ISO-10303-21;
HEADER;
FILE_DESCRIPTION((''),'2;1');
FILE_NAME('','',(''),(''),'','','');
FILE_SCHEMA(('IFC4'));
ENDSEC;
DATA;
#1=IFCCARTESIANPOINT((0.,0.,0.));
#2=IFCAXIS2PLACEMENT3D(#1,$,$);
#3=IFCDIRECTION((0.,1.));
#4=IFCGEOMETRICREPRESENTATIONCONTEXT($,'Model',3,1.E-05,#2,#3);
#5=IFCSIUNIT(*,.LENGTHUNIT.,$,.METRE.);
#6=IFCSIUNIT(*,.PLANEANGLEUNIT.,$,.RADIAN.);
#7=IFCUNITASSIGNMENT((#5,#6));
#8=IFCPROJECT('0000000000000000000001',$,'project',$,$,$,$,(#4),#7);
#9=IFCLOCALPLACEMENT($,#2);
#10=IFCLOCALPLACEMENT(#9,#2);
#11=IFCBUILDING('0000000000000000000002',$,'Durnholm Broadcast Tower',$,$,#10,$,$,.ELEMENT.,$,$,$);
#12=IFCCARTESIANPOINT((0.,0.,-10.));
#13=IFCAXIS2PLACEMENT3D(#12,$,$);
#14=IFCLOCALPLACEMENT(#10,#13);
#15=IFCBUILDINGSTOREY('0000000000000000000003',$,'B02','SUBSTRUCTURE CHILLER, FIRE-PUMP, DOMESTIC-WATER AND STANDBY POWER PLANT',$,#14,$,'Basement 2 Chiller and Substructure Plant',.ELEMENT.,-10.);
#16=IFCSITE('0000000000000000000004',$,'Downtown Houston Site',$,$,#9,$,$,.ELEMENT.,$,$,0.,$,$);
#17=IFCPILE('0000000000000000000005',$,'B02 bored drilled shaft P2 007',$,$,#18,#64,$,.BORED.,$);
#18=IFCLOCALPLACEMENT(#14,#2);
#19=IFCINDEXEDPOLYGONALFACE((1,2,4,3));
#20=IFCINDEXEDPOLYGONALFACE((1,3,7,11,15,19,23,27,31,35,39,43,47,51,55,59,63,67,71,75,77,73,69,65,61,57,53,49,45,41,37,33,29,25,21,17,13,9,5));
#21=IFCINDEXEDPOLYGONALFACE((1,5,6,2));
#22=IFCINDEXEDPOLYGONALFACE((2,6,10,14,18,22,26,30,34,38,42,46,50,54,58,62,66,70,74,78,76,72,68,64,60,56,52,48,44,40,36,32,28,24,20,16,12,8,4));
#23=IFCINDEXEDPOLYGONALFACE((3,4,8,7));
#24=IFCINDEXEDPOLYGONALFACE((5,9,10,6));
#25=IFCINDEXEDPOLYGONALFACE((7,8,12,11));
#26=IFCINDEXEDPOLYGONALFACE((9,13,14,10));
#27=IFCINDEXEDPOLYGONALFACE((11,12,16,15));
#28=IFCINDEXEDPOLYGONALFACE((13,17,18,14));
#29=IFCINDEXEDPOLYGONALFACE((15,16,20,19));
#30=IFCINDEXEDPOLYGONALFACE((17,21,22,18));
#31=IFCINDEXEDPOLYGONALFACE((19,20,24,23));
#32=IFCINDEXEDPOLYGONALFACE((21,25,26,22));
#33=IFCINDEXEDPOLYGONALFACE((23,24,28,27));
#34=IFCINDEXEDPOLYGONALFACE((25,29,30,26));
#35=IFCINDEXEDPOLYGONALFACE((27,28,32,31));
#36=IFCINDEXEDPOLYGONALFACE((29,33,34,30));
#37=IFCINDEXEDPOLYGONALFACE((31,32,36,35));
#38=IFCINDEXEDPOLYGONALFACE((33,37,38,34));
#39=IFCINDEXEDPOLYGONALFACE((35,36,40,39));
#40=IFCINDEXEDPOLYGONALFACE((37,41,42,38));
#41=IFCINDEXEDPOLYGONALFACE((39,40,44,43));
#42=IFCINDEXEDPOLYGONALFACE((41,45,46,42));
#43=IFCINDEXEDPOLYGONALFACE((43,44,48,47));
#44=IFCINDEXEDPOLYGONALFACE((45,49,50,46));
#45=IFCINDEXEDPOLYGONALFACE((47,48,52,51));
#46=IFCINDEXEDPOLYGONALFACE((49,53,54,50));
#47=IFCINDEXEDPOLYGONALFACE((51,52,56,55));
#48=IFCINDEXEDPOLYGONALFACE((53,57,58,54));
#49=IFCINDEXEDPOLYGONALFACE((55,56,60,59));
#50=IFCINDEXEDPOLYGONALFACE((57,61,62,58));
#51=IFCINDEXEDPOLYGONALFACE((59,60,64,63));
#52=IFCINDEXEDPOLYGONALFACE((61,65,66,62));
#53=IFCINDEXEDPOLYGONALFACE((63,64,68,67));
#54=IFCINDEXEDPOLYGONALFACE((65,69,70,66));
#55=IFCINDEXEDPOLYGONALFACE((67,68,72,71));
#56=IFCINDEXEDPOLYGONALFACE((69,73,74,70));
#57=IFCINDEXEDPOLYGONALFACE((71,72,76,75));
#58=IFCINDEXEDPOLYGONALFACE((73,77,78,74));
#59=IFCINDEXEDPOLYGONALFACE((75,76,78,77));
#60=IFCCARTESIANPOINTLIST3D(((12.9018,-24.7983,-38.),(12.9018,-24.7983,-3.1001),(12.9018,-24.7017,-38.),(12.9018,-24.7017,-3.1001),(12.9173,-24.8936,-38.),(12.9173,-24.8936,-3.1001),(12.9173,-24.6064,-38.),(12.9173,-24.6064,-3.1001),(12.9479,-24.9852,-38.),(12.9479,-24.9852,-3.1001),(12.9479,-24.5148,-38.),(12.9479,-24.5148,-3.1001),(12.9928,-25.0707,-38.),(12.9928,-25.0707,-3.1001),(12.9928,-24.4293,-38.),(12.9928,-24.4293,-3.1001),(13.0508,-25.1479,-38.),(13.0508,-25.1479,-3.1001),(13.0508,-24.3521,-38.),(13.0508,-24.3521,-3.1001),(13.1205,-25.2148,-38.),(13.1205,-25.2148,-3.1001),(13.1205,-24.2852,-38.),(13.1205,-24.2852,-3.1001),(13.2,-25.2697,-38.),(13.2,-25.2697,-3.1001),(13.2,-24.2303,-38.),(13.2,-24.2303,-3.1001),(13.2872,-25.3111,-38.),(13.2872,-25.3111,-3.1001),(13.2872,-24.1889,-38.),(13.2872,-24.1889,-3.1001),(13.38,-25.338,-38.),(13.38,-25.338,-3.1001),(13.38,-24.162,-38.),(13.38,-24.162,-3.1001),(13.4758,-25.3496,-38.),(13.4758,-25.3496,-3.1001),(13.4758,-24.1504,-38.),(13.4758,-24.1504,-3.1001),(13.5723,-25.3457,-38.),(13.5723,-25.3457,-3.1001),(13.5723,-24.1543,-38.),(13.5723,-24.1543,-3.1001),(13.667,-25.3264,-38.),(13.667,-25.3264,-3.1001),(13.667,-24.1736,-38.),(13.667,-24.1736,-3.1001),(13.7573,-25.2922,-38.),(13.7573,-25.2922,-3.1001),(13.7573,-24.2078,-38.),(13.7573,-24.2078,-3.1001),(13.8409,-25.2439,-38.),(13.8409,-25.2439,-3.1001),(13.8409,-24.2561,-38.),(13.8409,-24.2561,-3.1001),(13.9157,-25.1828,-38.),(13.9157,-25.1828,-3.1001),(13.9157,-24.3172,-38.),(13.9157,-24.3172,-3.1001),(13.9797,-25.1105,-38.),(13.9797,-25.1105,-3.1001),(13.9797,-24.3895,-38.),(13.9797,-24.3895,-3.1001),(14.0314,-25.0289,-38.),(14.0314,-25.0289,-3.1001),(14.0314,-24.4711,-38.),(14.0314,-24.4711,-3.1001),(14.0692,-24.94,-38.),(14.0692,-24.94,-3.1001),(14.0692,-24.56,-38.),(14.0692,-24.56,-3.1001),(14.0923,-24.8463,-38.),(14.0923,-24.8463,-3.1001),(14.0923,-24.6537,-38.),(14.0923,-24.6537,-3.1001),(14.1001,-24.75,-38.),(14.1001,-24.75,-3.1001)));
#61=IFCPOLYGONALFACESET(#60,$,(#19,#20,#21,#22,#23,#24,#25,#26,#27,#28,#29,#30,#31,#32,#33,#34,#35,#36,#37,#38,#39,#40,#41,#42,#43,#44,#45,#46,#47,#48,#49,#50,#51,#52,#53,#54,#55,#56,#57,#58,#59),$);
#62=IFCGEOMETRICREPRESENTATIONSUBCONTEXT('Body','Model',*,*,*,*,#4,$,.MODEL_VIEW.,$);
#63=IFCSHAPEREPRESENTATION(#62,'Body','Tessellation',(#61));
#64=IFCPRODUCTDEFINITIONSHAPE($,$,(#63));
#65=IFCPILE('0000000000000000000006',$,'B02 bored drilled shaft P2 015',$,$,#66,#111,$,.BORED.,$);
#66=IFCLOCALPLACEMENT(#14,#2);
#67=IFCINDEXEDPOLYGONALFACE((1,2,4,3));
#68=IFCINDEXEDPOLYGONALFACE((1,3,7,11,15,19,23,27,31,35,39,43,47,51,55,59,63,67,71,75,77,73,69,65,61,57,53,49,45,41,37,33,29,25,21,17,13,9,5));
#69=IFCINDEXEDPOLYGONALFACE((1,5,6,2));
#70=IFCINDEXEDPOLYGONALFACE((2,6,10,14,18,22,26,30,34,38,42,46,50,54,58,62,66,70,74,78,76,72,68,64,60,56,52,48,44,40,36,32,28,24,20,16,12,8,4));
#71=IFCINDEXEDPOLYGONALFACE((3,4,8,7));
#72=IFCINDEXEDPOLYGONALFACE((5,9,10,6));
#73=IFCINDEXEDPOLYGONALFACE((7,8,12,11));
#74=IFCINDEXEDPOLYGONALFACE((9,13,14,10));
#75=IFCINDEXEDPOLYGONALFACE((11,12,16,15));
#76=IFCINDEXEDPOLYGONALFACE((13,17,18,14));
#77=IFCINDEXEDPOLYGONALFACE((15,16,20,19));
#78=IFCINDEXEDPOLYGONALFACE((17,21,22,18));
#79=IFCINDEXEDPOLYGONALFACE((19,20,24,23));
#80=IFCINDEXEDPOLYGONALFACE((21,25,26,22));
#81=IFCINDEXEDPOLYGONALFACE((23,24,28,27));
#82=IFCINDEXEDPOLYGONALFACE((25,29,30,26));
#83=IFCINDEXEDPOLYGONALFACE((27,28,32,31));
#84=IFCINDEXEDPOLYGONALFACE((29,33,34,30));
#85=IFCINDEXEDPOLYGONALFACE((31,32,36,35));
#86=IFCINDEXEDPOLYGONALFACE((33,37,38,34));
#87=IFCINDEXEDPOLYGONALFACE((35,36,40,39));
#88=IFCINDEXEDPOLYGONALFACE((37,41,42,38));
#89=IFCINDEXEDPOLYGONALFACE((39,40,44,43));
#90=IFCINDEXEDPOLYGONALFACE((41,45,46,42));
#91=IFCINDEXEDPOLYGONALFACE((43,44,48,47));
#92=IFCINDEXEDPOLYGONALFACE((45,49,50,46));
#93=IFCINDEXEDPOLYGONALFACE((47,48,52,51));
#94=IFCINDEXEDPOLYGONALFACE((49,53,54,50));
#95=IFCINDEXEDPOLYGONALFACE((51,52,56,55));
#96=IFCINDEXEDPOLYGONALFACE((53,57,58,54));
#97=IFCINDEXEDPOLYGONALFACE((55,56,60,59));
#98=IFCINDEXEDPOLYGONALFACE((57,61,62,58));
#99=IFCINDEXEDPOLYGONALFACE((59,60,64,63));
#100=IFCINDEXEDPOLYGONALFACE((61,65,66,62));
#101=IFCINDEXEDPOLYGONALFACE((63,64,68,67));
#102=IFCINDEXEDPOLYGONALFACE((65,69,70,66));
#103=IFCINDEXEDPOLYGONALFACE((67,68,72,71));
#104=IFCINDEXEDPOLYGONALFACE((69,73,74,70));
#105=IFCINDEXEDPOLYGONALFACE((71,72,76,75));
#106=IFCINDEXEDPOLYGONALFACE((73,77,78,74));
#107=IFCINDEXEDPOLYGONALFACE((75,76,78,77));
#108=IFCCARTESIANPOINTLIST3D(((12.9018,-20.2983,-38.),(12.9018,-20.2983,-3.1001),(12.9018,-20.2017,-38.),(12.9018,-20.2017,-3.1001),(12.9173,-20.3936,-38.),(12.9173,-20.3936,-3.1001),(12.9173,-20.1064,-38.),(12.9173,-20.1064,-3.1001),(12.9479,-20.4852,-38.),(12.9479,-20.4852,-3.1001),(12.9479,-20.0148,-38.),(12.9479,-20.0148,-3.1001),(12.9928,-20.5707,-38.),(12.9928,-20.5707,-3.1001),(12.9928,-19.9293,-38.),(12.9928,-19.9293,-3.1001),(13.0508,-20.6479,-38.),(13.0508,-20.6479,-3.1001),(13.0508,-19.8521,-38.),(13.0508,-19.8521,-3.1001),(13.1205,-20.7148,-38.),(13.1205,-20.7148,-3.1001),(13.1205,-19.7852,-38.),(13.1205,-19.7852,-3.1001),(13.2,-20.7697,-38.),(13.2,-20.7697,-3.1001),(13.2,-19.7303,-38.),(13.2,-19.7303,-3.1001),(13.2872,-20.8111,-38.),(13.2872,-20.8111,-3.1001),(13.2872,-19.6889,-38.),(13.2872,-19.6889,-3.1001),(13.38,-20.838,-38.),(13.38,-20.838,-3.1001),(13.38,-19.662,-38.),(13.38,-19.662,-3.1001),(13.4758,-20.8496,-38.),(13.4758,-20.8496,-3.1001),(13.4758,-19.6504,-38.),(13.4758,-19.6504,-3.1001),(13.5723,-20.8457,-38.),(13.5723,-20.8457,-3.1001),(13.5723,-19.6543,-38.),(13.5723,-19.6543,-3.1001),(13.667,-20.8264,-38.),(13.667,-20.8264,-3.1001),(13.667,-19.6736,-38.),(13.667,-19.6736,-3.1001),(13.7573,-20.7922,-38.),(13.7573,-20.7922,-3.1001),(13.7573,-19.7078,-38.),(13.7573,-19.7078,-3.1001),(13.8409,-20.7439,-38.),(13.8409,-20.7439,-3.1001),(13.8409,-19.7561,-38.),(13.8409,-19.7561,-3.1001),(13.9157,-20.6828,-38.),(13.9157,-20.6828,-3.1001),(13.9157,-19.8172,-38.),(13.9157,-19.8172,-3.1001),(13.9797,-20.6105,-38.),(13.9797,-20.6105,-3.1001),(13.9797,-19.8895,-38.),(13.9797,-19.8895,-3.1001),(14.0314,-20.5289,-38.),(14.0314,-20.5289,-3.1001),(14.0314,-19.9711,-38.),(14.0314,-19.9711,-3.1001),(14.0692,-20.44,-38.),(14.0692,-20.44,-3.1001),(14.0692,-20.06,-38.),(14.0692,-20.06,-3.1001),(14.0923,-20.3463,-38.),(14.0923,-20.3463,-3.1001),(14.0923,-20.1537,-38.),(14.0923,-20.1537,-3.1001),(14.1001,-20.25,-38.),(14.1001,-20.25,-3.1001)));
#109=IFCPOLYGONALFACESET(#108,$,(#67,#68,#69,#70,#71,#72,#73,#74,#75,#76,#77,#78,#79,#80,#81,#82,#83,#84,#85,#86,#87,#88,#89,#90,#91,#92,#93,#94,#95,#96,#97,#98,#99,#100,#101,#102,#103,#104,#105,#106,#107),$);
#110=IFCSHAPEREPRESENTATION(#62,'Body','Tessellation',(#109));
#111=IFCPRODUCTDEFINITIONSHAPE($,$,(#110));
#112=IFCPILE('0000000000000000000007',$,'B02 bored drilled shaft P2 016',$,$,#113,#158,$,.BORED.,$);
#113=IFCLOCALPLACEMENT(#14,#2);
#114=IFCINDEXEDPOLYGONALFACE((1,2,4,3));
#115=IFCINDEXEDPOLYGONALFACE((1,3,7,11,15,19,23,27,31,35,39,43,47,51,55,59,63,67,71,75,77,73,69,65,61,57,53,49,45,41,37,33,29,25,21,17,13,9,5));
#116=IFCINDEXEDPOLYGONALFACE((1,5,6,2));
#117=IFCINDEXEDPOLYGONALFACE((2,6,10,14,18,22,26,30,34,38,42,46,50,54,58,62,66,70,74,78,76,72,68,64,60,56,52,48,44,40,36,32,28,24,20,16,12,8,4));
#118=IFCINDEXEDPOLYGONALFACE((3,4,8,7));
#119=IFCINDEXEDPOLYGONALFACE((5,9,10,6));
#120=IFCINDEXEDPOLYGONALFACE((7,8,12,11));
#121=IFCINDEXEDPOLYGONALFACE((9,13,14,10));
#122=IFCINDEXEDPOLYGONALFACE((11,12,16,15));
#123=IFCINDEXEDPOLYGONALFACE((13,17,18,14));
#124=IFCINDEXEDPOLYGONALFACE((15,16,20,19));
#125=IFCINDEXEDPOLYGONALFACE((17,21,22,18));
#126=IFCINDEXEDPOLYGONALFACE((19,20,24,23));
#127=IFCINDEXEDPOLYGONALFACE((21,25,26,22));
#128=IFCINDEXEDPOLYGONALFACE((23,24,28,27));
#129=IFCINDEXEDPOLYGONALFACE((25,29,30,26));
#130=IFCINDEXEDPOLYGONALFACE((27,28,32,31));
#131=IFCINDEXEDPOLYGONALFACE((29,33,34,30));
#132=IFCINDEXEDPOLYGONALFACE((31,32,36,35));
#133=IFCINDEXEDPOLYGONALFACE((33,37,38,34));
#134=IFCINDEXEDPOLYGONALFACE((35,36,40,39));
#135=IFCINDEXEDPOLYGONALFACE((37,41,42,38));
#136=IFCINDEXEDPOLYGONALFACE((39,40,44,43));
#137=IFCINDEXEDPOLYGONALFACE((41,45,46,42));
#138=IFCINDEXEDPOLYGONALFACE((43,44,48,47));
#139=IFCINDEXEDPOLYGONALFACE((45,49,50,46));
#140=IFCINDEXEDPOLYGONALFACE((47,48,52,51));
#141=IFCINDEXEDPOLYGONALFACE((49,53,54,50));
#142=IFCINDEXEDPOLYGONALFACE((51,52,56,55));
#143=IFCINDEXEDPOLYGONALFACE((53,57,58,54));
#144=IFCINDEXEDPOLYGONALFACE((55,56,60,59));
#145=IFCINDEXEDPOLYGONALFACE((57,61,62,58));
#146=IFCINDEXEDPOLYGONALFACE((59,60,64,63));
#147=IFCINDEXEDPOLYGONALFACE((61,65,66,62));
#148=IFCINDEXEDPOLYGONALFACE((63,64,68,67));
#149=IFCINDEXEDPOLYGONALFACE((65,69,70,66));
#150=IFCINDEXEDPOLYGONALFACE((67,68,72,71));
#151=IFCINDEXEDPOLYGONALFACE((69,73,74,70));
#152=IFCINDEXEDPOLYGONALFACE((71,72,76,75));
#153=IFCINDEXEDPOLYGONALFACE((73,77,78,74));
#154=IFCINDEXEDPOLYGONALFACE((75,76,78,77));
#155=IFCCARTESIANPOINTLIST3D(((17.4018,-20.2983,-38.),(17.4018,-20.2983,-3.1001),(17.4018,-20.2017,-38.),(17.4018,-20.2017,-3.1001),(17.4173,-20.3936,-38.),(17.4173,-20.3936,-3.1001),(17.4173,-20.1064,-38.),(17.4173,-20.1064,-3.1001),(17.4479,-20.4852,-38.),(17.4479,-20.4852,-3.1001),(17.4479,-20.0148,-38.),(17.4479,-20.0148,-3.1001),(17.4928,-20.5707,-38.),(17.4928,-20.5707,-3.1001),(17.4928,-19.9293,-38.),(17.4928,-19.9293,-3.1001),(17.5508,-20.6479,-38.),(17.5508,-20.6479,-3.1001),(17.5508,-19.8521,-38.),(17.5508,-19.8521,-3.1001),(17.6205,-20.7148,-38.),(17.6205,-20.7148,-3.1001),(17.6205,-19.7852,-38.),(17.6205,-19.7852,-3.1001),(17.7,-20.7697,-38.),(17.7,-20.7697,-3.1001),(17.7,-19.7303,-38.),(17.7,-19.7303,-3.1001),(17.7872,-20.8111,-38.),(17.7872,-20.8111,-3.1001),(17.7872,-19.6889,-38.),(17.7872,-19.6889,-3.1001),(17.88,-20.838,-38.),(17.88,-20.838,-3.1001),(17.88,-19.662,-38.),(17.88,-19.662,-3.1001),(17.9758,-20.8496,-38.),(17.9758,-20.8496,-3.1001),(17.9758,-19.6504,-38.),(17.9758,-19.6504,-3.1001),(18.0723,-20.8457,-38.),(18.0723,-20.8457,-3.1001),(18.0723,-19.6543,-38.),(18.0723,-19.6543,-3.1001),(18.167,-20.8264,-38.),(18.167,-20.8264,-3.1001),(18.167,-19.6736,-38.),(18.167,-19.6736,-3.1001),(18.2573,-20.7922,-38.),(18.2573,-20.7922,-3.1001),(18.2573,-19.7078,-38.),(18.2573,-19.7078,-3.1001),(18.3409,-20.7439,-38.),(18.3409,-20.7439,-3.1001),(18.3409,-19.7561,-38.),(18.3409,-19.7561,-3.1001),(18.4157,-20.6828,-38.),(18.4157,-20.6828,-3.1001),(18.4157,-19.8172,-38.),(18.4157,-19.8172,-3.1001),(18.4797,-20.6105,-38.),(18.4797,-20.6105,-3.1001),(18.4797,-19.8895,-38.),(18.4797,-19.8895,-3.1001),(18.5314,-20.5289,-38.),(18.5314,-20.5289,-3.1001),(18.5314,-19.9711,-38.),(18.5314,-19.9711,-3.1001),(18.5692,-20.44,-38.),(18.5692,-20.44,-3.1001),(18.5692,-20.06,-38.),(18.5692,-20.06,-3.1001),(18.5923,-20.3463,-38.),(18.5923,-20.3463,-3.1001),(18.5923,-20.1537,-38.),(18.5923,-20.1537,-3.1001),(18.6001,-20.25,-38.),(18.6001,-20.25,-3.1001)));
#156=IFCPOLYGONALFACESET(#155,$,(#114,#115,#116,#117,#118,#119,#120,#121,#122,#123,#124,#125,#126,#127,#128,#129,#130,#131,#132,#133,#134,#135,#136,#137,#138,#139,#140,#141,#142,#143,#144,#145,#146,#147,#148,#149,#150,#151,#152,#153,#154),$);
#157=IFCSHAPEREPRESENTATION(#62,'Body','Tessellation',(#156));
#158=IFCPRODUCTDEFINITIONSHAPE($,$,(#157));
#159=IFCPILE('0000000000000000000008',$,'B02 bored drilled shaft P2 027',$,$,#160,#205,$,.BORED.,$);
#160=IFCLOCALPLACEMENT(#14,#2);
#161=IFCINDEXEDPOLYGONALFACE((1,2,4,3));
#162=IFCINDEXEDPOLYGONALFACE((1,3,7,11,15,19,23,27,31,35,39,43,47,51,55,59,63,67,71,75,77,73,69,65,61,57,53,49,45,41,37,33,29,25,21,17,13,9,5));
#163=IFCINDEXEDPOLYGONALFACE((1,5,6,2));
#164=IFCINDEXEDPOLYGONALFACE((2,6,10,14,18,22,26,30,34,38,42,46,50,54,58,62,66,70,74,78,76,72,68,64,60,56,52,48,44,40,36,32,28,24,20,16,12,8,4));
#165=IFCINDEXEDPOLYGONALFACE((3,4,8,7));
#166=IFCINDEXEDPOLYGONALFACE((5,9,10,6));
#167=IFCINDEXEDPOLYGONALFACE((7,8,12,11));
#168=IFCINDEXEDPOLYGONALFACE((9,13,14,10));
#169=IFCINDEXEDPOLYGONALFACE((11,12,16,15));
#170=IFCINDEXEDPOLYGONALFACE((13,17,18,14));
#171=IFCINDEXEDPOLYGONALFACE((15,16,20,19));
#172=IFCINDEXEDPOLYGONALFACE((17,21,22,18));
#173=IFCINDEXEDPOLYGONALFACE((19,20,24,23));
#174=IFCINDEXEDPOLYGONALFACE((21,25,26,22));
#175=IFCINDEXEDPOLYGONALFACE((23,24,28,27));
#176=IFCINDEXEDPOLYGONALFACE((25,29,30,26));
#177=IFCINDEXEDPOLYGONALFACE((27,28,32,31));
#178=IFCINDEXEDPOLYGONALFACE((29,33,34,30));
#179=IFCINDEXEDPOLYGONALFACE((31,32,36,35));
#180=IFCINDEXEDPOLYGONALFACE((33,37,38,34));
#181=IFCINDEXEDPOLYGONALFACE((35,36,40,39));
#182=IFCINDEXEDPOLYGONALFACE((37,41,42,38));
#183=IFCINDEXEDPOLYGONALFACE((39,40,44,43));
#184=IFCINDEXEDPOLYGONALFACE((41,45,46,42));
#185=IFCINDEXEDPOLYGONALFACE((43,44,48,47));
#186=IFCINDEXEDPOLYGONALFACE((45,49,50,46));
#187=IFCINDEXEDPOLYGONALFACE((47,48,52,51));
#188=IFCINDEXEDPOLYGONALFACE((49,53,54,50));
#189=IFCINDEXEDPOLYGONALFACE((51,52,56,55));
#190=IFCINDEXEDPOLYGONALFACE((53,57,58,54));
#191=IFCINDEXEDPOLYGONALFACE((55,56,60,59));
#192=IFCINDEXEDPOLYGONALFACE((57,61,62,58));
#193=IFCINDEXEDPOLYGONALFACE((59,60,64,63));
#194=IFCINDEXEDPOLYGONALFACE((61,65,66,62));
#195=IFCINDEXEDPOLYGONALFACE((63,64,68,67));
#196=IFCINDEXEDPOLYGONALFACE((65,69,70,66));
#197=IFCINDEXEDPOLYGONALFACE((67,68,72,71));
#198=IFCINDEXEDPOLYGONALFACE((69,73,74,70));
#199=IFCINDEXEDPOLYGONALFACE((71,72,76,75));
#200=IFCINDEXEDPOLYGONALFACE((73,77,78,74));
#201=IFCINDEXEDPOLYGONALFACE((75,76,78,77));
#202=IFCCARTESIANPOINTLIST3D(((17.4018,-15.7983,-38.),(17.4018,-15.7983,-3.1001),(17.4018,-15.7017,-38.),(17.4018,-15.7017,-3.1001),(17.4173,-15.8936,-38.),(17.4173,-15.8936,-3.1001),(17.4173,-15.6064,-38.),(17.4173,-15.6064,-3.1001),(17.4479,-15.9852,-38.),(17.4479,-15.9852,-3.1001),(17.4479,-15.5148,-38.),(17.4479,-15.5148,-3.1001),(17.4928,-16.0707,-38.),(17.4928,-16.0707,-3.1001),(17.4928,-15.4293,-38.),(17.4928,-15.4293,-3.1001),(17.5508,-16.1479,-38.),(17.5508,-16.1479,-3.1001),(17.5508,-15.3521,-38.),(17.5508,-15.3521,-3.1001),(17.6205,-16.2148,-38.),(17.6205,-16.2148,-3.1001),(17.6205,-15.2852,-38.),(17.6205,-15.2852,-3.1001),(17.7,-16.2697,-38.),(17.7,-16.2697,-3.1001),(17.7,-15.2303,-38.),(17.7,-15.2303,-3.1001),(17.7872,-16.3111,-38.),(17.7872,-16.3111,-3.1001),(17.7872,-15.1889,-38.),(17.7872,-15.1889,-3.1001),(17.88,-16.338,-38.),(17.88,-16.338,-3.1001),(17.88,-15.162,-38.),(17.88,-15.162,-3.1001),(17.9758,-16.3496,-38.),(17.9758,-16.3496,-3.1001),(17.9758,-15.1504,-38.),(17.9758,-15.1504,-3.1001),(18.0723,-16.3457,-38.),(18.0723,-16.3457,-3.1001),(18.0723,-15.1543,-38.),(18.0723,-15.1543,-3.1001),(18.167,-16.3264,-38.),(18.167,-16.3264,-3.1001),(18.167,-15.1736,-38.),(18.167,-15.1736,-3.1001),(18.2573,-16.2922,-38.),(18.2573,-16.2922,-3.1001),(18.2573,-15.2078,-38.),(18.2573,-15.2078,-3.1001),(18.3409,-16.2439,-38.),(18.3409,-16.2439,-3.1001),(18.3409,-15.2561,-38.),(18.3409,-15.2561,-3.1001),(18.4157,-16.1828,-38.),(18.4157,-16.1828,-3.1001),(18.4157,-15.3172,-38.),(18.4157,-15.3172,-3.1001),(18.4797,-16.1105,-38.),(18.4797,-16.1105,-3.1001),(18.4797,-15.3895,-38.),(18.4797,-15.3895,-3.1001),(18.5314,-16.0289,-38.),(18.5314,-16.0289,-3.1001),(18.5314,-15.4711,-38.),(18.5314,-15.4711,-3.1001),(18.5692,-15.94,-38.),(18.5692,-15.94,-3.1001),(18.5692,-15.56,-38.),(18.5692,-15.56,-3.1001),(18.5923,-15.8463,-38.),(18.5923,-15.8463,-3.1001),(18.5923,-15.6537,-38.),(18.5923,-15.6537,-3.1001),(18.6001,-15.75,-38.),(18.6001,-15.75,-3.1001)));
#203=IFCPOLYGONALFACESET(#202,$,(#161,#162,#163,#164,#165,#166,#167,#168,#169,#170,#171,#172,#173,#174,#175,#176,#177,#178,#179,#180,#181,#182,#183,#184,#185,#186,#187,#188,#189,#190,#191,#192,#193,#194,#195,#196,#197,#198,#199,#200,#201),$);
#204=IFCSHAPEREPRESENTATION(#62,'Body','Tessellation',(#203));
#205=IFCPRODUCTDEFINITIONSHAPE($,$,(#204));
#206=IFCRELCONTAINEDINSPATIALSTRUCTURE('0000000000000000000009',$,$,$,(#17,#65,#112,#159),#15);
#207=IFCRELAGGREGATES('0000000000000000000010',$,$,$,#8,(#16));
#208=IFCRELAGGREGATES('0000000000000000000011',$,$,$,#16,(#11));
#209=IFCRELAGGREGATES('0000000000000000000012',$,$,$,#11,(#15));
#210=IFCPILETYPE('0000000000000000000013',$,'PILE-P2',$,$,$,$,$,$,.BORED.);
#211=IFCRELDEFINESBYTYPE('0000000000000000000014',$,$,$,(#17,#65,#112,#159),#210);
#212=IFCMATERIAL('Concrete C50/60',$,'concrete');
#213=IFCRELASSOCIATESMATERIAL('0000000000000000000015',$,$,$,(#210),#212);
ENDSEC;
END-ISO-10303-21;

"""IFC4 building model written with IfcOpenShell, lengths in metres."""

from ifc_helpers import new_model, si_unit, direction, frame, origin, origin_2d, place, context, subcontext, project, spatial, circle, extrude, source, transform, mapped, material, material_profile, profile_set, type_object, type_shapes, element, save


model = new_model("IFC4")

# Units and contexts
model_context = context("Model", 3, precision=1e-05, world=origin(), true_north=direction((0.0, 1.0)))
body_context = subcontext(model_context, "Body", "Model", "MODEL_VIEW")
ifc_project = project(units=[si_unit("LENGTHUNIT", "METRE"), si_unit("PLANEANGLEUNIT", "RADIAN")], contexts=[model_context])

# Site, building, storey
site_placement = place(None, origin())
site = spatial("IfcSite", under=ifc_project, at=site_placement, Name="Downtown Houston Site", CompositionType="ELEMENT", RefElevation=0.0)
building_placement = place(site_placement, origin())
building = spatial("IfcBuilding", under=site, at=building_placement, Name="Durnholm Broadcast Tower", CompositionType="ELEMENT")
storey_placement = place(building_placement, frame((0.0, 0.0, -10.0)))
storey = spatial("IfcBuildingStorey", under=building, at=storey_placement, Name="B02", Description="SUBSTRUCTURE CHILLER, FIRE-PUMP, DOMESTIC-WATER AND STANDBY POWER PLANT", LongName="Basement 2 Chiller and Substructure Plant", CompositionType="ELEMENT", Elevation=-10.0)

# Piles
ifc_material_1 = material(Name="Concrete C50/60", Category="concrete")
ifc_material_profile_1 = material_profile(ifc_material_1, circle(Radius=0.6001, at=origin_2d()), Name="PILE1200")
ifc_profile_set_1 = profile_set([ifc_material_profile_1], Name="Concrete C50/60")
pile_type_1 = type_object("IfcPileType", Name="PILE-P2", PredefinedType="BORED", material=ifc_profile_set_1)
shared_shape_1 = source(origin(), body_context, "Body", "SweptSolid", [
    extrude(circle(Radius=0.6001, at=origin_2d()), origin(), (0.0, 0.0, 1.0), 34.8999),
])
type_shapes(pile_type_1, [shared_shape_1])
for number, where, z_axis, x_axis, name in (
    (1, (13.5, -24.75, -3.1001), (0.0, 0.0, -1.0), (1.0, 0.0, 0.0), "B02 bored drilled shaft P2 007"),
    (2, (13.5, -20.25, -3.1001), (0.0, 0.0, -1.0), (1.0, 0.0, 0.0), "B02 bored drilled shaft P2 015"),
    (3, (18.0, -20.25, -3.1001), (0.0, 0.0, -1.0), (1.0, 0.0, 0.0), "B02 bored drilled shaft P2 016"),
    (4, (18.0, -15.75, -3.1001), (0.0, 0.0, -1.0), (1.0, 0.0, 0.0), "B02 bored drilled shaft P2 027"),
):
    element("IfcPile", number, at=place(storey_placement, frame(where, z_axis=z_axis, x_axis=x_axis)), inside=storey, type_object=pile_type_1, Name=name, PredefinedType="BORED", context=body_context, shape_type="MappedRepresentation", body=[
        mapped(shared_shape_1, transform((0.0, 0.0, 0.0), x_axis=(1.0, 0.0, 0.0), y_axis=(0.0, 1.0, 0.0), z_axis=(0.0, 0.0, 1.0), scale=1.0)),
    ])

save(model, "model.ifc")
